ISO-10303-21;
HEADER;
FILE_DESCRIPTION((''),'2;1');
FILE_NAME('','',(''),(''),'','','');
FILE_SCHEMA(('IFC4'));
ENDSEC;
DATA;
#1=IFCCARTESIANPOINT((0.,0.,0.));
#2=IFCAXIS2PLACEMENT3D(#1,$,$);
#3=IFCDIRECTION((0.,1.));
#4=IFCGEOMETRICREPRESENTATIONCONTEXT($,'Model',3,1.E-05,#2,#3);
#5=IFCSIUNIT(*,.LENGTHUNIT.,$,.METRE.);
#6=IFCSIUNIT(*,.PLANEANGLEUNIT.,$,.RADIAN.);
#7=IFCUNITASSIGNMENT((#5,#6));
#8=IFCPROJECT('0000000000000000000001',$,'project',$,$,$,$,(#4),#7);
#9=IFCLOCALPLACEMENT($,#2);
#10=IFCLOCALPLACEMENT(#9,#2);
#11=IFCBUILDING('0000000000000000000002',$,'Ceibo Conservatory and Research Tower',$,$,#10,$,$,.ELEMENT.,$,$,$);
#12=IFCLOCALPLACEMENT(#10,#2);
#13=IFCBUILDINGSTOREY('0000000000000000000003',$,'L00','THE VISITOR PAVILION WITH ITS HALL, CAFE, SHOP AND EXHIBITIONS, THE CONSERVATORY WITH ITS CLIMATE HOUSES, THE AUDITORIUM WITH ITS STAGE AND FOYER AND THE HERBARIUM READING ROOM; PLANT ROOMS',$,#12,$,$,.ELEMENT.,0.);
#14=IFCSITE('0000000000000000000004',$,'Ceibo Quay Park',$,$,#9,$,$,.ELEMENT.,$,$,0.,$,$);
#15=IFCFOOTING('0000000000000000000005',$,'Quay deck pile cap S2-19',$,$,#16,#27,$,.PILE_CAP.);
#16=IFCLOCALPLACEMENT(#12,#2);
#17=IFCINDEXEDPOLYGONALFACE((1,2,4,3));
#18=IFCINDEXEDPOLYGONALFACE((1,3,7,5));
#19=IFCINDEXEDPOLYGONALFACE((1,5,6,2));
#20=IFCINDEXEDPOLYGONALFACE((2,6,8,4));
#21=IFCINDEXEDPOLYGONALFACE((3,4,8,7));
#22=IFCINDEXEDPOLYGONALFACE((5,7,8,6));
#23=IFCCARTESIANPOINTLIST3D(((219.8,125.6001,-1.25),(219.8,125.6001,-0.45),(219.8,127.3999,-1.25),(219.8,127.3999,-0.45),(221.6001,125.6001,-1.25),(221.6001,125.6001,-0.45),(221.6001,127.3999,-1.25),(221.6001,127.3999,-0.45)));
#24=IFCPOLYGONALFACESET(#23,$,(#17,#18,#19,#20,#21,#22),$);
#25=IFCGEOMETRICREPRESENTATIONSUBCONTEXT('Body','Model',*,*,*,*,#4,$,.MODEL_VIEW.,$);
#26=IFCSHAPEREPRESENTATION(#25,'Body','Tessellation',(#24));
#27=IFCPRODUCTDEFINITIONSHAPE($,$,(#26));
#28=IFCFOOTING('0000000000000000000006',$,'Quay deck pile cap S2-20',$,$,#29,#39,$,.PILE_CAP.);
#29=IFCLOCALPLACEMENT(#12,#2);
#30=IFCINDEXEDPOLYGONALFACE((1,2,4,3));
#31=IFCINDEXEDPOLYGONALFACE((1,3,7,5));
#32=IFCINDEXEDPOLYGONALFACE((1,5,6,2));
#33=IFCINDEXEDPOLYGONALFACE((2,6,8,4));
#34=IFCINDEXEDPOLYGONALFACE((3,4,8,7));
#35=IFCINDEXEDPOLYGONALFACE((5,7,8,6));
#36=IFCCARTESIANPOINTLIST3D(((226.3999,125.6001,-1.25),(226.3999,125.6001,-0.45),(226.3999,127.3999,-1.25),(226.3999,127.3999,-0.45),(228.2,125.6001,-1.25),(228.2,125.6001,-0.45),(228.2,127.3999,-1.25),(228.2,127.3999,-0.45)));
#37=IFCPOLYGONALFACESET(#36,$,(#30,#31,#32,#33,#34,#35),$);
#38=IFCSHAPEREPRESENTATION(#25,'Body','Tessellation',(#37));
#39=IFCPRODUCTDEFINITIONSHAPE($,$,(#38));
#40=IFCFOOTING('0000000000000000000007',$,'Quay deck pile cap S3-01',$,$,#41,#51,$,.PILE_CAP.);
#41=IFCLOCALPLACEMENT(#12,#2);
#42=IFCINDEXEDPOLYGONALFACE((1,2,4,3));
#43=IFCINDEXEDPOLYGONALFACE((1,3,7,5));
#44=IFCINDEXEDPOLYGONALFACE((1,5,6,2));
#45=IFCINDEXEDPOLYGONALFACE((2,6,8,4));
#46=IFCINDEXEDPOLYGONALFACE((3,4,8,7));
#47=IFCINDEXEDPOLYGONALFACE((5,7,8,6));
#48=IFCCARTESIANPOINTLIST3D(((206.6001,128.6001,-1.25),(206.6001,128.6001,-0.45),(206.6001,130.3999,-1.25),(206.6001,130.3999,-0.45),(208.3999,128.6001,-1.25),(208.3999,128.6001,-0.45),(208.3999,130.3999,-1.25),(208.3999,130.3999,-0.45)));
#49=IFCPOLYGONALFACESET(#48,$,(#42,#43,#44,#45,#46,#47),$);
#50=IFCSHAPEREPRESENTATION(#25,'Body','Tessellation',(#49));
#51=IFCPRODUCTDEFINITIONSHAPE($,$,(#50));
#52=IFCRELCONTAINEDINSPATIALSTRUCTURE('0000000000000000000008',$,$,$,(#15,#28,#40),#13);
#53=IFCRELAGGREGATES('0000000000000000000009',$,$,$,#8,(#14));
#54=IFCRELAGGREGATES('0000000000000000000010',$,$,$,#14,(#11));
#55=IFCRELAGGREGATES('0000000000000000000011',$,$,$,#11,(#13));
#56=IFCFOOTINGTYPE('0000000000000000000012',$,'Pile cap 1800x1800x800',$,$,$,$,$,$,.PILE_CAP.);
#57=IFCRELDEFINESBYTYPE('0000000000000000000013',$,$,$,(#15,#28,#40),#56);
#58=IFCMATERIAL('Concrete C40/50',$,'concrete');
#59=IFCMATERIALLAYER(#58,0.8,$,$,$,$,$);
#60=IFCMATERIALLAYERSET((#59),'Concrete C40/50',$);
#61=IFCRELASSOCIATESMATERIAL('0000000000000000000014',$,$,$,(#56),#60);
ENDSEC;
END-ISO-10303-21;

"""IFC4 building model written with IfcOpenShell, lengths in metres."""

from ifc_helpers import new_model, si_unit, direction, frame, origin, place, context, subcontext, project, spatial, polyline, outline, extrude, material, layer, layer_set, type_object, element, save


model = new_model("IFC4")

# Units and contexts
model_context = context("Model", 3, precision=1e-05, world=origin(), true_north=direction((0.0, 1.0)))
body_context = subcontext(model_context, "Body", "Model", "MODEL_VIEW")
ifc_project = project(units=[si_unit("LENGTHUNIT", "METRE"), si_unit("PLANEANGLEUNIT", "RADIAN")], contexts=[model_context])

# Site, building, storey
site_placement = place(None, origin())
site = spatial("IfcSite", under=ifc_project, at=site_placement, Name="Ceibo Quay Park", CompositionType="ELEMENT", RefElevation=0.0)
building_placement = place(site_placement, origin())
building = spatial("IfcBuilding", under=site, at=building_placement, Name="Ceibo Conservatory and Research Tower", CompositionType="ELEMENT")
storey_placement = place(building_placement, origin())
storey = spatial("IfcBuildingStorey", under=building, at=storey_placement, Name="L00", Description="THE VISITOR PAVILION WITH ITS HALL, CAFE, SHOP AND EXHIBITIONS, THE CONSERVATORY WITH ITS CLIMATE HOUSES, THE AUDITORIUM WITH ITS STAGE AND FOYER AND THE HERBARIUM READING ROOM; PLANT ROOMS", CompositionType="ELEMENT", Elevation=0.0)

# Footings
ifc_material = material(Name="Concrete C40/50", Category="concrete")
ifc_layer = layer(ifc_material, 0.8)
ifc_layer_set = layer_set([ifc_layer], Name="Concrete C40/50")
footing_type = type_object("IfcFootingType", Name="Pile cap 1800x1800x800", PredefinedType="PILE_CAP", material=ifc_layer_set)
footing_1_placement = place(storey_placement, frame((0.0, 0.0, -1.25)))
element("IfcFooting", 1, at=footing_1_placement, inside=storey, type_object=footing_type, Name="Quay deck pile cap S2-19", PredefinedType="PILE_CAP", context=body_context, shape_type="SweptSolid", body=[
    extrude(outline(polyline([(219.8, 125.6001), (221.6001, 125.6001), (221.6001, 127.3999), (219.8, 127.3999), (219.8, 125.6001)])), origin(), (0.0, 0.0, 1.0), 0.8),
])
footing_2_placement = place(storey_placement, frame((0.0, 0.0, -1.25)))
element("IfcFooting", 2, at=footing_2_placement, inside=storey, type_object=footing_type, Name="Quay deck pile cap S2-20", PredefinedType="PILE_CAP", context=body_context, shape_type="SweptSolid", body=[
    extrude(outline(polyline([(226.3999, 125.6001), (228.2, 125.6001), (228.2, 127.3999), (226.3999, 127.3999), (226.3999, 125.6001)])), origin(), (0.0, 0.0, 1.0), 0.8),
])
footing_3_placement = place(storey_placement, frame((0.0, 0.0, -1.25)))
element("IfcFooting", 3, at=footing_3_placement, inside=storey, type_object=footing_type, Name="Quay deck pile cap S3-01", PredefinedType="PILE_CAP", context=body_context, shape_type="SweptSolid", body=[
    extrude(outline(polyline([(206.6001, 128.6001), (208.3999, 128.6001), (208.3999, 130.3999), (206.6001, 130.3999), (206.6001, 128.6001)])), origin(), (0.0, 0.0, 1.0), 0.8),
])

save(model, "model.ifc")
